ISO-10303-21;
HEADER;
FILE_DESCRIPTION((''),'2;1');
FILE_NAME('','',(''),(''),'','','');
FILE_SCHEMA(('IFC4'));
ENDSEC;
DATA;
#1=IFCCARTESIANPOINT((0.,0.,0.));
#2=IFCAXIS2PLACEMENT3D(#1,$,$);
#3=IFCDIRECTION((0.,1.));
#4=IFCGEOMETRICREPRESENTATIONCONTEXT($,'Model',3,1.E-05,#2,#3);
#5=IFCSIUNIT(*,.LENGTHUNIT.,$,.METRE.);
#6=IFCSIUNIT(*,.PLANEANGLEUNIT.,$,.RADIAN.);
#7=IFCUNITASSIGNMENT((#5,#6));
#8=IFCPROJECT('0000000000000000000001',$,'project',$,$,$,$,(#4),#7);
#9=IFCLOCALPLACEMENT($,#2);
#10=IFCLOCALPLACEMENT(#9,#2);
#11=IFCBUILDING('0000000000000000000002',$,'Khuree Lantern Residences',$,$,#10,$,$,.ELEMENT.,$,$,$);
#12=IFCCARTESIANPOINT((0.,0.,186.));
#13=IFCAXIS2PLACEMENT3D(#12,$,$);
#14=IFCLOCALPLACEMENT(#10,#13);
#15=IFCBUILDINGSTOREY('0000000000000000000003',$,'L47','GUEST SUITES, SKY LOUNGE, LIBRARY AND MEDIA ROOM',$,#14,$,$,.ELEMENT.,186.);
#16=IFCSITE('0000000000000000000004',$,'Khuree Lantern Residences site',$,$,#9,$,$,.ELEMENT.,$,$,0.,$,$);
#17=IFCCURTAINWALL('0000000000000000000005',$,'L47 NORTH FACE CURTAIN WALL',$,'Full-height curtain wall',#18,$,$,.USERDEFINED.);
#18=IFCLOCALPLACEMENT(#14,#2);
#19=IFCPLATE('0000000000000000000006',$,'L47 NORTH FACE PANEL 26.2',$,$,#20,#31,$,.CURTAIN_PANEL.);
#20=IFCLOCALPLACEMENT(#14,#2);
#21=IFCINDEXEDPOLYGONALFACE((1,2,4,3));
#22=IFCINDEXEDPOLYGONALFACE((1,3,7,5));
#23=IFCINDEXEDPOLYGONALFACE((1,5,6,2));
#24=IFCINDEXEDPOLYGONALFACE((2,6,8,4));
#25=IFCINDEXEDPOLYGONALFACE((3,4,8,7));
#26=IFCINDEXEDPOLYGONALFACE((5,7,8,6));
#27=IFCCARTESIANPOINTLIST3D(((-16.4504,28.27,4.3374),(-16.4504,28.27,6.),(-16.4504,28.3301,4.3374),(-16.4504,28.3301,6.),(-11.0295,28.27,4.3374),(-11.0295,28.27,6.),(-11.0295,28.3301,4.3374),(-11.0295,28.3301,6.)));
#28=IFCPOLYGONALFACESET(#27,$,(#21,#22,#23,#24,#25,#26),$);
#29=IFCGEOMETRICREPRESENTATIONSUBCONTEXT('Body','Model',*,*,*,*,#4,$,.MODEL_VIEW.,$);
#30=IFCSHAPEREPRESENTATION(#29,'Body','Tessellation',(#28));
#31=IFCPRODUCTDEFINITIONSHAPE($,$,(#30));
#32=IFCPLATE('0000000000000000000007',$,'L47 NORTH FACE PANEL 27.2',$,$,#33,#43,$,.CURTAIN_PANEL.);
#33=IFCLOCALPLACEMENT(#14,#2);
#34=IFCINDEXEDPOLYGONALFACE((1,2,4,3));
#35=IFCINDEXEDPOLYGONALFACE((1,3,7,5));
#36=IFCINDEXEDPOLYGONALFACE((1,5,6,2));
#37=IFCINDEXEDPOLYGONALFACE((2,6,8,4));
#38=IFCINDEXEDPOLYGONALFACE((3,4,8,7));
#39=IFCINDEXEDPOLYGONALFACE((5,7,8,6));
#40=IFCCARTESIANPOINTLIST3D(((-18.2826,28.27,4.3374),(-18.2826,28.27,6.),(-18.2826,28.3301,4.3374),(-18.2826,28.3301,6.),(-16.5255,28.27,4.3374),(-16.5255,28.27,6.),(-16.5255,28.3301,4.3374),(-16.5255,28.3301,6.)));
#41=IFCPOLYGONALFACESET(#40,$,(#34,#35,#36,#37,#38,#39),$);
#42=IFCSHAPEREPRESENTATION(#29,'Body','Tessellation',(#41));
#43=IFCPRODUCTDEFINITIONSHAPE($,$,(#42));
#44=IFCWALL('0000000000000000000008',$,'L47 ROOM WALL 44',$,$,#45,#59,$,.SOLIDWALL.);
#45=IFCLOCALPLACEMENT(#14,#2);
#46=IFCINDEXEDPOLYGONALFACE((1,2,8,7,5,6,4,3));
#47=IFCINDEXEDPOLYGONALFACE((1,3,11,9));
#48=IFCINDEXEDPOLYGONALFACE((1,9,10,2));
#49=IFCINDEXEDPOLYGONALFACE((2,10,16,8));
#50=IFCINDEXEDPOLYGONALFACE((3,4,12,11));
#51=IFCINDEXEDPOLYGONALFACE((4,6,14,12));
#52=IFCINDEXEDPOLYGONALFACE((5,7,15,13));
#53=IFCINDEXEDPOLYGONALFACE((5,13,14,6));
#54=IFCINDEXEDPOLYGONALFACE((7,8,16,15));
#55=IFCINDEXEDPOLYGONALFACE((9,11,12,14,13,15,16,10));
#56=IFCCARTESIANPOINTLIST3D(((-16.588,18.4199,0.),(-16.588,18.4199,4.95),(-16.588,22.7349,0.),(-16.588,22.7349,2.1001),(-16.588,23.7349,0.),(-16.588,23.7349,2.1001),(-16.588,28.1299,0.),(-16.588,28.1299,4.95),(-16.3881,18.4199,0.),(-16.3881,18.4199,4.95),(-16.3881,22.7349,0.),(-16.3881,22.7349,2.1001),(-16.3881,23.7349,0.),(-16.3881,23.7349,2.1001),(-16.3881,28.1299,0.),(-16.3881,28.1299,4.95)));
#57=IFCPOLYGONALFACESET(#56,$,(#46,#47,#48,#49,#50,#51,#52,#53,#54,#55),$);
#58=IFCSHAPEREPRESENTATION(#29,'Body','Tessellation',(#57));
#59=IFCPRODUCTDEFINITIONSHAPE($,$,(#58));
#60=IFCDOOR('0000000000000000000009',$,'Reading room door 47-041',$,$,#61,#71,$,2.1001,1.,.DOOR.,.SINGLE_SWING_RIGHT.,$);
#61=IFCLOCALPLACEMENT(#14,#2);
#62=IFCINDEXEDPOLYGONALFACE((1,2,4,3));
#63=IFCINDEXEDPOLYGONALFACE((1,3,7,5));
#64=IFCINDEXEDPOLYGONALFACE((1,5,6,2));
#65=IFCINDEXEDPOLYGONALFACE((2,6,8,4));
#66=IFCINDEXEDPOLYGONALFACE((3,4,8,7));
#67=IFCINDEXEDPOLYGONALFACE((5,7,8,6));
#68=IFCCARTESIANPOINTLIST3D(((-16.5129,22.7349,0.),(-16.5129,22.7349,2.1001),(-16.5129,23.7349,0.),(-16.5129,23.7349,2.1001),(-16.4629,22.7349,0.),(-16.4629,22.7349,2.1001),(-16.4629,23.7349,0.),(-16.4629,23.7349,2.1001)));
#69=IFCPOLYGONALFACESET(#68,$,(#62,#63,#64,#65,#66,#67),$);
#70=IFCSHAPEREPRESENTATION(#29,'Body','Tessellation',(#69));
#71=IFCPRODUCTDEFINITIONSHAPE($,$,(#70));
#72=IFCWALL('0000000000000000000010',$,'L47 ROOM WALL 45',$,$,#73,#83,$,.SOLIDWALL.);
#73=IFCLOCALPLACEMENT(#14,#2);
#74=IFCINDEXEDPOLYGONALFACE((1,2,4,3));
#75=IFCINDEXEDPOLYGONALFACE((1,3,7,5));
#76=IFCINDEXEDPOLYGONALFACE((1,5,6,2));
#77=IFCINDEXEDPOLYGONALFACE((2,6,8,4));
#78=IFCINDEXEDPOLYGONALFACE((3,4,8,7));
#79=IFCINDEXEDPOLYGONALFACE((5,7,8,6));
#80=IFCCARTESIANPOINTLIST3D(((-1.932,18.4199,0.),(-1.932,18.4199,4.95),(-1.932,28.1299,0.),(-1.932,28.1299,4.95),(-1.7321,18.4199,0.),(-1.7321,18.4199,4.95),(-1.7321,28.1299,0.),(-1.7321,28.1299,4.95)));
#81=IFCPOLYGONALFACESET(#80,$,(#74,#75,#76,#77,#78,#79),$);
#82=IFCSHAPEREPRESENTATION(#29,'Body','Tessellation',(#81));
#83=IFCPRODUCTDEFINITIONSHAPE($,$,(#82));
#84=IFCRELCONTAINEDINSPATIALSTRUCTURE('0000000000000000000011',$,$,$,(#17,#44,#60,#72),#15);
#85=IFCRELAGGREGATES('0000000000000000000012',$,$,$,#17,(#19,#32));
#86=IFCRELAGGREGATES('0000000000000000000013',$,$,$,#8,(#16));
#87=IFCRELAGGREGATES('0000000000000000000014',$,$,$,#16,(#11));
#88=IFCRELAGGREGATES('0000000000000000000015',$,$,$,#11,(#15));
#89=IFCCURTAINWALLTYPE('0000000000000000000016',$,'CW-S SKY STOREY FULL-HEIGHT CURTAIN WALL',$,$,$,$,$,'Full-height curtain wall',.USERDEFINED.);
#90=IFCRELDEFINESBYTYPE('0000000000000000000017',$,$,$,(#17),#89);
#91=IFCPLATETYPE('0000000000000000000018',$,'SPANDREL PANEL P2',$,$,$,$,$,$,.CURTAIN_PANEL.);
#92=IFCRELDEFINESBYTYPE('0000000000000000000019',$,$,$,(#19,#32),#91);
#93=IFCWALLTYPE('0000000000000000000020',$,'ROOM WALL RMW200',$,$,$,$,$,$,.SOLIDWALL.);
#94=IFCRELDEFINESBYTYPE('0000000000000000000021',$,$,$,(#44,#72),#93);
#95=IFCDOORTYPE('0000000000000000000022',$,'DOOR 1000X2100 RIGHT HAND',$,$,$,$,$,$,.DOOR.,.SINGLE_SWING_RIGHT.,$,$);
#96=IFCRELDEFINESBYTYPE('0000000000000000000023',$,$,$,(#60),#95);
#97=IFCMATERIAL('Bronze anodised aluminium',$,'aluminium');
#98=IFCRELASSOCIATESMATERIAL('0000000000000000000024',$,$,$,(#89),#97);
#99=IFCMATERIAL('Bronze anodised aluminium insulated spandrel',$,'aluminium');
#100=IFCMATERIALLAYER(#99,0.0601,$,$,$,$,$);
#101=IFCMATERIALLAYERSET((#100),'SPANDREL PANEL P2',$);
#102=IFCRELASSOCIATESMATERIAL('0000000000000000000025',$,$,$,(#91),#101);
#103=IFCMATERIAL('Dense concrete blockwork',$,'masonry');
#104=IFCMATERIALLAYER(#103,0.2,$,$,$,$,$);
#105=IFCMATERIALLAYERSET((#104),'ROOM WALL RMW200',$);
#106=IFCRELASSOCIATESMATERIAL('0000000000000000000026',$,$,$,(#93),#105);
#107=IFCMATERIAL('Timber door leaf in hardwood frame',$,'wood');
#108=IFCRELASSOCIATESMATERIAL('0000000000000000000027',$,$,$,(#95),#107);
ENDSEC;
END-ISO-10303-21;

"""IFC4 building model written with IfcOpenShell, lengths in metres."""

from ifc_helpers import new_model, si_unit, direction, frame, frame_2d, origin, origin_2d, place, context, subcontext, project, spatial, rectangle, extrude, material, layer, layer_set, type_object, element, fill, aggregate, save


model = new_model("IFC4")

# Units and contexts
model_context = context("Model", 3, precision=1e-05, world=origin(), true_north=direction((0.0, 1.0)))
body_context = subcontext(model_context, "Body", "Model", "MODEL_VIEW")
ifc_project = project(units=[si_unit("LENGTHUNIT", "METRE"), si_unit("PLANEANGLEUNIT", "RADIAN")], contexts=[model_context])

# Site, building, storey
site_placement = place(None, origin())
site = spatial("IfcSite", under=ifc_project, at=site_placement, Name="Khuree Lantern Residences site", CompositionType="ELEMENT", RefElevation=0.0)
building_placement = place(site_placement, origin())
building = spatial("IfcBuilding", under=site, at=building_placement, Name="Khuree Lantern Residences", CompositionType="ELEMENT")
storey_placement = place(building_placement, frame((0.0, 0.0, 186.0)))
storey = spatial("IfcBuildingStorey", under=building, at=storey_placement, Name="L47", Description="GUEST SUITES, SKY LOUNGE, LIBRARY AND MEDIA ROOM", CompositionType="ELEMENT", Elevation=186.0)

# Curtain wall
ifc_material_1 = material(Name="Bronze anodised aluminium", Category="aluminium")
curtain_wall_type = type_object("IfcCurtainWallType", Name="CW-S SKY STOREY FULL-HEIGHT CURTAIN WALL", ElementType="Full-height curtain wall", PredefinedType="USERDEFINED", material=ifc_material_1)
curtain_wall_placement = place(storey_placement, origin())
curtain_wall = element("IfcCurtainWall", 1, at=curtain_wall_placement, inside=storey, type_object=curtain_wall_type, Name="L47 NORTH FACE CURTAIN WALL", ObjectType="Full-height curtain wall", PredefinedType="USERDEFINED")

# Plates
ifc_material_2 = material(Name="Bronze anodised aluminium insulated spandrel", Category="aluminium")
ifc_layer_1 = layer(ifc_material_2, 0.0601)
ifc_layer_set_1 = layer_set([ifc_layer_1], Name="SPANDREL PANEL P2")
plate_type_1 = type_object("IfcPlateType", Name="SPANDREL PANEL P2", PredefinedType="CURTAIN_PANEL", material=ifc_layer_set_1)
plate_1_placement = place(storey_placement, frame((-13.74, 28.3, 4.3374), z_axis=(0.0, 0.0, 1.0), x_axis=(-1.0, 0.0, 0.0)))
plate_1 = element("IfcPlate", 2, at=plate_1_placement, type_object=plate_type_1, Name="L47 NORTH FACE PANEL 26.2", PredefinedType="CURTAIN_PANEL", context=body_context, shape_type="SweptSolid", body=[
    extrude(rectangle(XDim=5.4209, YDim=0.0601, at=origin_2d()), origin(), (0.0, 0.0, 1.0), 1.6626),
])
plate_2_placement = place(storey_placement, frame((-17.4041, 28.3, 4.3374), z_axis=(0.0, 0.0, 1.0), x_axis=(-1.0, 0.0, 0.0)))
plate_2 = element("IfcPlate", 3, at=plate_2_placement, type_object=plate_type_1, Name="L47 NORTH FACE PANEL 27.2", PredefinedType="CURTAIN_PANEL", context=body_context, shape_type="SweptSolid", body=[
    extrude(rectangle(XDim=1.7571, YDim=0.0601, at=origin_2d()), origin(), (0.0, 0.0, 1.0), 1.6626),
])
aggregate(curtain_wall, [plate_1, plate_2])

# Wall, opening, door
ifc_material_3 = material(Name="Dense concrete blockwork", Category="masonry")
ifc_layer_2 = layer(ifc_material_3, 0.2)
ifc_layer_set_2 = layer_set([ifc_layer_2], Name="ROOM WALL RMW200")
wall_type = type_object("IfcWallType", Name="ROOM WALL RMW200", PredefinedType="SOLIDWALL", material=ifc_layer_set_2)
wall_1_placement = place(storey_placement, frame((-16.488, 18.4199, 0.0), z_axis=(0.0, 0.0, 1.0), x_axis=(0.0, 1.0, 0.0)))
wall_1 = element("IfcWall", 4, at=wall_1_placement, inside=storey, type_object=wall_type, Name="L47 ROOM WALL 44", PredefinedType="SOLIDWALL", context=body_context, shape_type="SweptSolid", body=[
    extrude(rectangle(XDim=9.71, YDim=0.2, at=frame_2d((4.855, 0.0))), origin(), (0.0, 0.0, 1.0), 4.95),
])
opening_placement = place(wall_1_placement, frame((4.3149, 0.0, 0.0)))
opening = element("IfcOpeningElement", 5, at=opening_placement, cuts=wall_1, PredefinedType="OPENING", context=body_context, shape_type="SweptSolid", body=[
    extrude(rectangle(XDim=1.0, YDim=2.1001, at=frame_2d((0.5, 1.05))), frame((0.0, 0.1099, 0.0), z_axis=(0.0, -1.0, 0.0), x_axis=(1.0, 0.0, 0.0)), (0.0, 0.0, 1.0), 0.22),
])
ifc_material_4 = material(Name="Timber door leaf in hardwood frame", Category="wood")
door_type = type_object("IfcDoorType", Name="DOOR 1000X2100 RIGHT HAND", OperationType="SINGLE_SWING_RIGHT", PredefinedType="DOOR", material=ifc_material_4)
door_placement = place(opening_placement, origin())
door = element("IfcDoor", 6, at=door_placement, inside=storey, type_object=door_type, Name="Reading room door 47-041", OperationType="SINGLE_SWING_RIGHT", OverallHeight=2.1001, OverallWidth=1.0, PredefinedType="DOOR", context=body_context, shape_type="SweptSolid", body=[
    extrude(rectangle(XDim=1.0, YDim=2.1001, at=frame_2d((0.5, 1.05))), frame((0.0, 0.0249, 0.0), z_axis=(0.0, -1.0, 0.0), x_axis=(1.0, 0.0, 0.0)), (0.0, 0.0, 1.0), 0.05),
])
fill(opening, door)

# Wall
wall_2_placement = place(storey_placement, frame((-1.832, 18.4199, 0.0), z_axis=(0.0, 0.0, 1.0), x_axis=(0.0, 1.0, 0.0)))
element("IfcWall", 7, at=wall_2_placement, inside=storey, type_object=wall_type, Name="L47 ROOM WALL 45", PredefinedType="SOLIDWALL", context=body_context, shape_type="SweptSolid", body=[
    extrude(rectangle(XDim=9.71, YDim=0.2, at=frame_2d((4.855, 0.0))), origin(), (0.0, 0.0, 1.0), 4.95),
])

save(model, "model.ifc")
